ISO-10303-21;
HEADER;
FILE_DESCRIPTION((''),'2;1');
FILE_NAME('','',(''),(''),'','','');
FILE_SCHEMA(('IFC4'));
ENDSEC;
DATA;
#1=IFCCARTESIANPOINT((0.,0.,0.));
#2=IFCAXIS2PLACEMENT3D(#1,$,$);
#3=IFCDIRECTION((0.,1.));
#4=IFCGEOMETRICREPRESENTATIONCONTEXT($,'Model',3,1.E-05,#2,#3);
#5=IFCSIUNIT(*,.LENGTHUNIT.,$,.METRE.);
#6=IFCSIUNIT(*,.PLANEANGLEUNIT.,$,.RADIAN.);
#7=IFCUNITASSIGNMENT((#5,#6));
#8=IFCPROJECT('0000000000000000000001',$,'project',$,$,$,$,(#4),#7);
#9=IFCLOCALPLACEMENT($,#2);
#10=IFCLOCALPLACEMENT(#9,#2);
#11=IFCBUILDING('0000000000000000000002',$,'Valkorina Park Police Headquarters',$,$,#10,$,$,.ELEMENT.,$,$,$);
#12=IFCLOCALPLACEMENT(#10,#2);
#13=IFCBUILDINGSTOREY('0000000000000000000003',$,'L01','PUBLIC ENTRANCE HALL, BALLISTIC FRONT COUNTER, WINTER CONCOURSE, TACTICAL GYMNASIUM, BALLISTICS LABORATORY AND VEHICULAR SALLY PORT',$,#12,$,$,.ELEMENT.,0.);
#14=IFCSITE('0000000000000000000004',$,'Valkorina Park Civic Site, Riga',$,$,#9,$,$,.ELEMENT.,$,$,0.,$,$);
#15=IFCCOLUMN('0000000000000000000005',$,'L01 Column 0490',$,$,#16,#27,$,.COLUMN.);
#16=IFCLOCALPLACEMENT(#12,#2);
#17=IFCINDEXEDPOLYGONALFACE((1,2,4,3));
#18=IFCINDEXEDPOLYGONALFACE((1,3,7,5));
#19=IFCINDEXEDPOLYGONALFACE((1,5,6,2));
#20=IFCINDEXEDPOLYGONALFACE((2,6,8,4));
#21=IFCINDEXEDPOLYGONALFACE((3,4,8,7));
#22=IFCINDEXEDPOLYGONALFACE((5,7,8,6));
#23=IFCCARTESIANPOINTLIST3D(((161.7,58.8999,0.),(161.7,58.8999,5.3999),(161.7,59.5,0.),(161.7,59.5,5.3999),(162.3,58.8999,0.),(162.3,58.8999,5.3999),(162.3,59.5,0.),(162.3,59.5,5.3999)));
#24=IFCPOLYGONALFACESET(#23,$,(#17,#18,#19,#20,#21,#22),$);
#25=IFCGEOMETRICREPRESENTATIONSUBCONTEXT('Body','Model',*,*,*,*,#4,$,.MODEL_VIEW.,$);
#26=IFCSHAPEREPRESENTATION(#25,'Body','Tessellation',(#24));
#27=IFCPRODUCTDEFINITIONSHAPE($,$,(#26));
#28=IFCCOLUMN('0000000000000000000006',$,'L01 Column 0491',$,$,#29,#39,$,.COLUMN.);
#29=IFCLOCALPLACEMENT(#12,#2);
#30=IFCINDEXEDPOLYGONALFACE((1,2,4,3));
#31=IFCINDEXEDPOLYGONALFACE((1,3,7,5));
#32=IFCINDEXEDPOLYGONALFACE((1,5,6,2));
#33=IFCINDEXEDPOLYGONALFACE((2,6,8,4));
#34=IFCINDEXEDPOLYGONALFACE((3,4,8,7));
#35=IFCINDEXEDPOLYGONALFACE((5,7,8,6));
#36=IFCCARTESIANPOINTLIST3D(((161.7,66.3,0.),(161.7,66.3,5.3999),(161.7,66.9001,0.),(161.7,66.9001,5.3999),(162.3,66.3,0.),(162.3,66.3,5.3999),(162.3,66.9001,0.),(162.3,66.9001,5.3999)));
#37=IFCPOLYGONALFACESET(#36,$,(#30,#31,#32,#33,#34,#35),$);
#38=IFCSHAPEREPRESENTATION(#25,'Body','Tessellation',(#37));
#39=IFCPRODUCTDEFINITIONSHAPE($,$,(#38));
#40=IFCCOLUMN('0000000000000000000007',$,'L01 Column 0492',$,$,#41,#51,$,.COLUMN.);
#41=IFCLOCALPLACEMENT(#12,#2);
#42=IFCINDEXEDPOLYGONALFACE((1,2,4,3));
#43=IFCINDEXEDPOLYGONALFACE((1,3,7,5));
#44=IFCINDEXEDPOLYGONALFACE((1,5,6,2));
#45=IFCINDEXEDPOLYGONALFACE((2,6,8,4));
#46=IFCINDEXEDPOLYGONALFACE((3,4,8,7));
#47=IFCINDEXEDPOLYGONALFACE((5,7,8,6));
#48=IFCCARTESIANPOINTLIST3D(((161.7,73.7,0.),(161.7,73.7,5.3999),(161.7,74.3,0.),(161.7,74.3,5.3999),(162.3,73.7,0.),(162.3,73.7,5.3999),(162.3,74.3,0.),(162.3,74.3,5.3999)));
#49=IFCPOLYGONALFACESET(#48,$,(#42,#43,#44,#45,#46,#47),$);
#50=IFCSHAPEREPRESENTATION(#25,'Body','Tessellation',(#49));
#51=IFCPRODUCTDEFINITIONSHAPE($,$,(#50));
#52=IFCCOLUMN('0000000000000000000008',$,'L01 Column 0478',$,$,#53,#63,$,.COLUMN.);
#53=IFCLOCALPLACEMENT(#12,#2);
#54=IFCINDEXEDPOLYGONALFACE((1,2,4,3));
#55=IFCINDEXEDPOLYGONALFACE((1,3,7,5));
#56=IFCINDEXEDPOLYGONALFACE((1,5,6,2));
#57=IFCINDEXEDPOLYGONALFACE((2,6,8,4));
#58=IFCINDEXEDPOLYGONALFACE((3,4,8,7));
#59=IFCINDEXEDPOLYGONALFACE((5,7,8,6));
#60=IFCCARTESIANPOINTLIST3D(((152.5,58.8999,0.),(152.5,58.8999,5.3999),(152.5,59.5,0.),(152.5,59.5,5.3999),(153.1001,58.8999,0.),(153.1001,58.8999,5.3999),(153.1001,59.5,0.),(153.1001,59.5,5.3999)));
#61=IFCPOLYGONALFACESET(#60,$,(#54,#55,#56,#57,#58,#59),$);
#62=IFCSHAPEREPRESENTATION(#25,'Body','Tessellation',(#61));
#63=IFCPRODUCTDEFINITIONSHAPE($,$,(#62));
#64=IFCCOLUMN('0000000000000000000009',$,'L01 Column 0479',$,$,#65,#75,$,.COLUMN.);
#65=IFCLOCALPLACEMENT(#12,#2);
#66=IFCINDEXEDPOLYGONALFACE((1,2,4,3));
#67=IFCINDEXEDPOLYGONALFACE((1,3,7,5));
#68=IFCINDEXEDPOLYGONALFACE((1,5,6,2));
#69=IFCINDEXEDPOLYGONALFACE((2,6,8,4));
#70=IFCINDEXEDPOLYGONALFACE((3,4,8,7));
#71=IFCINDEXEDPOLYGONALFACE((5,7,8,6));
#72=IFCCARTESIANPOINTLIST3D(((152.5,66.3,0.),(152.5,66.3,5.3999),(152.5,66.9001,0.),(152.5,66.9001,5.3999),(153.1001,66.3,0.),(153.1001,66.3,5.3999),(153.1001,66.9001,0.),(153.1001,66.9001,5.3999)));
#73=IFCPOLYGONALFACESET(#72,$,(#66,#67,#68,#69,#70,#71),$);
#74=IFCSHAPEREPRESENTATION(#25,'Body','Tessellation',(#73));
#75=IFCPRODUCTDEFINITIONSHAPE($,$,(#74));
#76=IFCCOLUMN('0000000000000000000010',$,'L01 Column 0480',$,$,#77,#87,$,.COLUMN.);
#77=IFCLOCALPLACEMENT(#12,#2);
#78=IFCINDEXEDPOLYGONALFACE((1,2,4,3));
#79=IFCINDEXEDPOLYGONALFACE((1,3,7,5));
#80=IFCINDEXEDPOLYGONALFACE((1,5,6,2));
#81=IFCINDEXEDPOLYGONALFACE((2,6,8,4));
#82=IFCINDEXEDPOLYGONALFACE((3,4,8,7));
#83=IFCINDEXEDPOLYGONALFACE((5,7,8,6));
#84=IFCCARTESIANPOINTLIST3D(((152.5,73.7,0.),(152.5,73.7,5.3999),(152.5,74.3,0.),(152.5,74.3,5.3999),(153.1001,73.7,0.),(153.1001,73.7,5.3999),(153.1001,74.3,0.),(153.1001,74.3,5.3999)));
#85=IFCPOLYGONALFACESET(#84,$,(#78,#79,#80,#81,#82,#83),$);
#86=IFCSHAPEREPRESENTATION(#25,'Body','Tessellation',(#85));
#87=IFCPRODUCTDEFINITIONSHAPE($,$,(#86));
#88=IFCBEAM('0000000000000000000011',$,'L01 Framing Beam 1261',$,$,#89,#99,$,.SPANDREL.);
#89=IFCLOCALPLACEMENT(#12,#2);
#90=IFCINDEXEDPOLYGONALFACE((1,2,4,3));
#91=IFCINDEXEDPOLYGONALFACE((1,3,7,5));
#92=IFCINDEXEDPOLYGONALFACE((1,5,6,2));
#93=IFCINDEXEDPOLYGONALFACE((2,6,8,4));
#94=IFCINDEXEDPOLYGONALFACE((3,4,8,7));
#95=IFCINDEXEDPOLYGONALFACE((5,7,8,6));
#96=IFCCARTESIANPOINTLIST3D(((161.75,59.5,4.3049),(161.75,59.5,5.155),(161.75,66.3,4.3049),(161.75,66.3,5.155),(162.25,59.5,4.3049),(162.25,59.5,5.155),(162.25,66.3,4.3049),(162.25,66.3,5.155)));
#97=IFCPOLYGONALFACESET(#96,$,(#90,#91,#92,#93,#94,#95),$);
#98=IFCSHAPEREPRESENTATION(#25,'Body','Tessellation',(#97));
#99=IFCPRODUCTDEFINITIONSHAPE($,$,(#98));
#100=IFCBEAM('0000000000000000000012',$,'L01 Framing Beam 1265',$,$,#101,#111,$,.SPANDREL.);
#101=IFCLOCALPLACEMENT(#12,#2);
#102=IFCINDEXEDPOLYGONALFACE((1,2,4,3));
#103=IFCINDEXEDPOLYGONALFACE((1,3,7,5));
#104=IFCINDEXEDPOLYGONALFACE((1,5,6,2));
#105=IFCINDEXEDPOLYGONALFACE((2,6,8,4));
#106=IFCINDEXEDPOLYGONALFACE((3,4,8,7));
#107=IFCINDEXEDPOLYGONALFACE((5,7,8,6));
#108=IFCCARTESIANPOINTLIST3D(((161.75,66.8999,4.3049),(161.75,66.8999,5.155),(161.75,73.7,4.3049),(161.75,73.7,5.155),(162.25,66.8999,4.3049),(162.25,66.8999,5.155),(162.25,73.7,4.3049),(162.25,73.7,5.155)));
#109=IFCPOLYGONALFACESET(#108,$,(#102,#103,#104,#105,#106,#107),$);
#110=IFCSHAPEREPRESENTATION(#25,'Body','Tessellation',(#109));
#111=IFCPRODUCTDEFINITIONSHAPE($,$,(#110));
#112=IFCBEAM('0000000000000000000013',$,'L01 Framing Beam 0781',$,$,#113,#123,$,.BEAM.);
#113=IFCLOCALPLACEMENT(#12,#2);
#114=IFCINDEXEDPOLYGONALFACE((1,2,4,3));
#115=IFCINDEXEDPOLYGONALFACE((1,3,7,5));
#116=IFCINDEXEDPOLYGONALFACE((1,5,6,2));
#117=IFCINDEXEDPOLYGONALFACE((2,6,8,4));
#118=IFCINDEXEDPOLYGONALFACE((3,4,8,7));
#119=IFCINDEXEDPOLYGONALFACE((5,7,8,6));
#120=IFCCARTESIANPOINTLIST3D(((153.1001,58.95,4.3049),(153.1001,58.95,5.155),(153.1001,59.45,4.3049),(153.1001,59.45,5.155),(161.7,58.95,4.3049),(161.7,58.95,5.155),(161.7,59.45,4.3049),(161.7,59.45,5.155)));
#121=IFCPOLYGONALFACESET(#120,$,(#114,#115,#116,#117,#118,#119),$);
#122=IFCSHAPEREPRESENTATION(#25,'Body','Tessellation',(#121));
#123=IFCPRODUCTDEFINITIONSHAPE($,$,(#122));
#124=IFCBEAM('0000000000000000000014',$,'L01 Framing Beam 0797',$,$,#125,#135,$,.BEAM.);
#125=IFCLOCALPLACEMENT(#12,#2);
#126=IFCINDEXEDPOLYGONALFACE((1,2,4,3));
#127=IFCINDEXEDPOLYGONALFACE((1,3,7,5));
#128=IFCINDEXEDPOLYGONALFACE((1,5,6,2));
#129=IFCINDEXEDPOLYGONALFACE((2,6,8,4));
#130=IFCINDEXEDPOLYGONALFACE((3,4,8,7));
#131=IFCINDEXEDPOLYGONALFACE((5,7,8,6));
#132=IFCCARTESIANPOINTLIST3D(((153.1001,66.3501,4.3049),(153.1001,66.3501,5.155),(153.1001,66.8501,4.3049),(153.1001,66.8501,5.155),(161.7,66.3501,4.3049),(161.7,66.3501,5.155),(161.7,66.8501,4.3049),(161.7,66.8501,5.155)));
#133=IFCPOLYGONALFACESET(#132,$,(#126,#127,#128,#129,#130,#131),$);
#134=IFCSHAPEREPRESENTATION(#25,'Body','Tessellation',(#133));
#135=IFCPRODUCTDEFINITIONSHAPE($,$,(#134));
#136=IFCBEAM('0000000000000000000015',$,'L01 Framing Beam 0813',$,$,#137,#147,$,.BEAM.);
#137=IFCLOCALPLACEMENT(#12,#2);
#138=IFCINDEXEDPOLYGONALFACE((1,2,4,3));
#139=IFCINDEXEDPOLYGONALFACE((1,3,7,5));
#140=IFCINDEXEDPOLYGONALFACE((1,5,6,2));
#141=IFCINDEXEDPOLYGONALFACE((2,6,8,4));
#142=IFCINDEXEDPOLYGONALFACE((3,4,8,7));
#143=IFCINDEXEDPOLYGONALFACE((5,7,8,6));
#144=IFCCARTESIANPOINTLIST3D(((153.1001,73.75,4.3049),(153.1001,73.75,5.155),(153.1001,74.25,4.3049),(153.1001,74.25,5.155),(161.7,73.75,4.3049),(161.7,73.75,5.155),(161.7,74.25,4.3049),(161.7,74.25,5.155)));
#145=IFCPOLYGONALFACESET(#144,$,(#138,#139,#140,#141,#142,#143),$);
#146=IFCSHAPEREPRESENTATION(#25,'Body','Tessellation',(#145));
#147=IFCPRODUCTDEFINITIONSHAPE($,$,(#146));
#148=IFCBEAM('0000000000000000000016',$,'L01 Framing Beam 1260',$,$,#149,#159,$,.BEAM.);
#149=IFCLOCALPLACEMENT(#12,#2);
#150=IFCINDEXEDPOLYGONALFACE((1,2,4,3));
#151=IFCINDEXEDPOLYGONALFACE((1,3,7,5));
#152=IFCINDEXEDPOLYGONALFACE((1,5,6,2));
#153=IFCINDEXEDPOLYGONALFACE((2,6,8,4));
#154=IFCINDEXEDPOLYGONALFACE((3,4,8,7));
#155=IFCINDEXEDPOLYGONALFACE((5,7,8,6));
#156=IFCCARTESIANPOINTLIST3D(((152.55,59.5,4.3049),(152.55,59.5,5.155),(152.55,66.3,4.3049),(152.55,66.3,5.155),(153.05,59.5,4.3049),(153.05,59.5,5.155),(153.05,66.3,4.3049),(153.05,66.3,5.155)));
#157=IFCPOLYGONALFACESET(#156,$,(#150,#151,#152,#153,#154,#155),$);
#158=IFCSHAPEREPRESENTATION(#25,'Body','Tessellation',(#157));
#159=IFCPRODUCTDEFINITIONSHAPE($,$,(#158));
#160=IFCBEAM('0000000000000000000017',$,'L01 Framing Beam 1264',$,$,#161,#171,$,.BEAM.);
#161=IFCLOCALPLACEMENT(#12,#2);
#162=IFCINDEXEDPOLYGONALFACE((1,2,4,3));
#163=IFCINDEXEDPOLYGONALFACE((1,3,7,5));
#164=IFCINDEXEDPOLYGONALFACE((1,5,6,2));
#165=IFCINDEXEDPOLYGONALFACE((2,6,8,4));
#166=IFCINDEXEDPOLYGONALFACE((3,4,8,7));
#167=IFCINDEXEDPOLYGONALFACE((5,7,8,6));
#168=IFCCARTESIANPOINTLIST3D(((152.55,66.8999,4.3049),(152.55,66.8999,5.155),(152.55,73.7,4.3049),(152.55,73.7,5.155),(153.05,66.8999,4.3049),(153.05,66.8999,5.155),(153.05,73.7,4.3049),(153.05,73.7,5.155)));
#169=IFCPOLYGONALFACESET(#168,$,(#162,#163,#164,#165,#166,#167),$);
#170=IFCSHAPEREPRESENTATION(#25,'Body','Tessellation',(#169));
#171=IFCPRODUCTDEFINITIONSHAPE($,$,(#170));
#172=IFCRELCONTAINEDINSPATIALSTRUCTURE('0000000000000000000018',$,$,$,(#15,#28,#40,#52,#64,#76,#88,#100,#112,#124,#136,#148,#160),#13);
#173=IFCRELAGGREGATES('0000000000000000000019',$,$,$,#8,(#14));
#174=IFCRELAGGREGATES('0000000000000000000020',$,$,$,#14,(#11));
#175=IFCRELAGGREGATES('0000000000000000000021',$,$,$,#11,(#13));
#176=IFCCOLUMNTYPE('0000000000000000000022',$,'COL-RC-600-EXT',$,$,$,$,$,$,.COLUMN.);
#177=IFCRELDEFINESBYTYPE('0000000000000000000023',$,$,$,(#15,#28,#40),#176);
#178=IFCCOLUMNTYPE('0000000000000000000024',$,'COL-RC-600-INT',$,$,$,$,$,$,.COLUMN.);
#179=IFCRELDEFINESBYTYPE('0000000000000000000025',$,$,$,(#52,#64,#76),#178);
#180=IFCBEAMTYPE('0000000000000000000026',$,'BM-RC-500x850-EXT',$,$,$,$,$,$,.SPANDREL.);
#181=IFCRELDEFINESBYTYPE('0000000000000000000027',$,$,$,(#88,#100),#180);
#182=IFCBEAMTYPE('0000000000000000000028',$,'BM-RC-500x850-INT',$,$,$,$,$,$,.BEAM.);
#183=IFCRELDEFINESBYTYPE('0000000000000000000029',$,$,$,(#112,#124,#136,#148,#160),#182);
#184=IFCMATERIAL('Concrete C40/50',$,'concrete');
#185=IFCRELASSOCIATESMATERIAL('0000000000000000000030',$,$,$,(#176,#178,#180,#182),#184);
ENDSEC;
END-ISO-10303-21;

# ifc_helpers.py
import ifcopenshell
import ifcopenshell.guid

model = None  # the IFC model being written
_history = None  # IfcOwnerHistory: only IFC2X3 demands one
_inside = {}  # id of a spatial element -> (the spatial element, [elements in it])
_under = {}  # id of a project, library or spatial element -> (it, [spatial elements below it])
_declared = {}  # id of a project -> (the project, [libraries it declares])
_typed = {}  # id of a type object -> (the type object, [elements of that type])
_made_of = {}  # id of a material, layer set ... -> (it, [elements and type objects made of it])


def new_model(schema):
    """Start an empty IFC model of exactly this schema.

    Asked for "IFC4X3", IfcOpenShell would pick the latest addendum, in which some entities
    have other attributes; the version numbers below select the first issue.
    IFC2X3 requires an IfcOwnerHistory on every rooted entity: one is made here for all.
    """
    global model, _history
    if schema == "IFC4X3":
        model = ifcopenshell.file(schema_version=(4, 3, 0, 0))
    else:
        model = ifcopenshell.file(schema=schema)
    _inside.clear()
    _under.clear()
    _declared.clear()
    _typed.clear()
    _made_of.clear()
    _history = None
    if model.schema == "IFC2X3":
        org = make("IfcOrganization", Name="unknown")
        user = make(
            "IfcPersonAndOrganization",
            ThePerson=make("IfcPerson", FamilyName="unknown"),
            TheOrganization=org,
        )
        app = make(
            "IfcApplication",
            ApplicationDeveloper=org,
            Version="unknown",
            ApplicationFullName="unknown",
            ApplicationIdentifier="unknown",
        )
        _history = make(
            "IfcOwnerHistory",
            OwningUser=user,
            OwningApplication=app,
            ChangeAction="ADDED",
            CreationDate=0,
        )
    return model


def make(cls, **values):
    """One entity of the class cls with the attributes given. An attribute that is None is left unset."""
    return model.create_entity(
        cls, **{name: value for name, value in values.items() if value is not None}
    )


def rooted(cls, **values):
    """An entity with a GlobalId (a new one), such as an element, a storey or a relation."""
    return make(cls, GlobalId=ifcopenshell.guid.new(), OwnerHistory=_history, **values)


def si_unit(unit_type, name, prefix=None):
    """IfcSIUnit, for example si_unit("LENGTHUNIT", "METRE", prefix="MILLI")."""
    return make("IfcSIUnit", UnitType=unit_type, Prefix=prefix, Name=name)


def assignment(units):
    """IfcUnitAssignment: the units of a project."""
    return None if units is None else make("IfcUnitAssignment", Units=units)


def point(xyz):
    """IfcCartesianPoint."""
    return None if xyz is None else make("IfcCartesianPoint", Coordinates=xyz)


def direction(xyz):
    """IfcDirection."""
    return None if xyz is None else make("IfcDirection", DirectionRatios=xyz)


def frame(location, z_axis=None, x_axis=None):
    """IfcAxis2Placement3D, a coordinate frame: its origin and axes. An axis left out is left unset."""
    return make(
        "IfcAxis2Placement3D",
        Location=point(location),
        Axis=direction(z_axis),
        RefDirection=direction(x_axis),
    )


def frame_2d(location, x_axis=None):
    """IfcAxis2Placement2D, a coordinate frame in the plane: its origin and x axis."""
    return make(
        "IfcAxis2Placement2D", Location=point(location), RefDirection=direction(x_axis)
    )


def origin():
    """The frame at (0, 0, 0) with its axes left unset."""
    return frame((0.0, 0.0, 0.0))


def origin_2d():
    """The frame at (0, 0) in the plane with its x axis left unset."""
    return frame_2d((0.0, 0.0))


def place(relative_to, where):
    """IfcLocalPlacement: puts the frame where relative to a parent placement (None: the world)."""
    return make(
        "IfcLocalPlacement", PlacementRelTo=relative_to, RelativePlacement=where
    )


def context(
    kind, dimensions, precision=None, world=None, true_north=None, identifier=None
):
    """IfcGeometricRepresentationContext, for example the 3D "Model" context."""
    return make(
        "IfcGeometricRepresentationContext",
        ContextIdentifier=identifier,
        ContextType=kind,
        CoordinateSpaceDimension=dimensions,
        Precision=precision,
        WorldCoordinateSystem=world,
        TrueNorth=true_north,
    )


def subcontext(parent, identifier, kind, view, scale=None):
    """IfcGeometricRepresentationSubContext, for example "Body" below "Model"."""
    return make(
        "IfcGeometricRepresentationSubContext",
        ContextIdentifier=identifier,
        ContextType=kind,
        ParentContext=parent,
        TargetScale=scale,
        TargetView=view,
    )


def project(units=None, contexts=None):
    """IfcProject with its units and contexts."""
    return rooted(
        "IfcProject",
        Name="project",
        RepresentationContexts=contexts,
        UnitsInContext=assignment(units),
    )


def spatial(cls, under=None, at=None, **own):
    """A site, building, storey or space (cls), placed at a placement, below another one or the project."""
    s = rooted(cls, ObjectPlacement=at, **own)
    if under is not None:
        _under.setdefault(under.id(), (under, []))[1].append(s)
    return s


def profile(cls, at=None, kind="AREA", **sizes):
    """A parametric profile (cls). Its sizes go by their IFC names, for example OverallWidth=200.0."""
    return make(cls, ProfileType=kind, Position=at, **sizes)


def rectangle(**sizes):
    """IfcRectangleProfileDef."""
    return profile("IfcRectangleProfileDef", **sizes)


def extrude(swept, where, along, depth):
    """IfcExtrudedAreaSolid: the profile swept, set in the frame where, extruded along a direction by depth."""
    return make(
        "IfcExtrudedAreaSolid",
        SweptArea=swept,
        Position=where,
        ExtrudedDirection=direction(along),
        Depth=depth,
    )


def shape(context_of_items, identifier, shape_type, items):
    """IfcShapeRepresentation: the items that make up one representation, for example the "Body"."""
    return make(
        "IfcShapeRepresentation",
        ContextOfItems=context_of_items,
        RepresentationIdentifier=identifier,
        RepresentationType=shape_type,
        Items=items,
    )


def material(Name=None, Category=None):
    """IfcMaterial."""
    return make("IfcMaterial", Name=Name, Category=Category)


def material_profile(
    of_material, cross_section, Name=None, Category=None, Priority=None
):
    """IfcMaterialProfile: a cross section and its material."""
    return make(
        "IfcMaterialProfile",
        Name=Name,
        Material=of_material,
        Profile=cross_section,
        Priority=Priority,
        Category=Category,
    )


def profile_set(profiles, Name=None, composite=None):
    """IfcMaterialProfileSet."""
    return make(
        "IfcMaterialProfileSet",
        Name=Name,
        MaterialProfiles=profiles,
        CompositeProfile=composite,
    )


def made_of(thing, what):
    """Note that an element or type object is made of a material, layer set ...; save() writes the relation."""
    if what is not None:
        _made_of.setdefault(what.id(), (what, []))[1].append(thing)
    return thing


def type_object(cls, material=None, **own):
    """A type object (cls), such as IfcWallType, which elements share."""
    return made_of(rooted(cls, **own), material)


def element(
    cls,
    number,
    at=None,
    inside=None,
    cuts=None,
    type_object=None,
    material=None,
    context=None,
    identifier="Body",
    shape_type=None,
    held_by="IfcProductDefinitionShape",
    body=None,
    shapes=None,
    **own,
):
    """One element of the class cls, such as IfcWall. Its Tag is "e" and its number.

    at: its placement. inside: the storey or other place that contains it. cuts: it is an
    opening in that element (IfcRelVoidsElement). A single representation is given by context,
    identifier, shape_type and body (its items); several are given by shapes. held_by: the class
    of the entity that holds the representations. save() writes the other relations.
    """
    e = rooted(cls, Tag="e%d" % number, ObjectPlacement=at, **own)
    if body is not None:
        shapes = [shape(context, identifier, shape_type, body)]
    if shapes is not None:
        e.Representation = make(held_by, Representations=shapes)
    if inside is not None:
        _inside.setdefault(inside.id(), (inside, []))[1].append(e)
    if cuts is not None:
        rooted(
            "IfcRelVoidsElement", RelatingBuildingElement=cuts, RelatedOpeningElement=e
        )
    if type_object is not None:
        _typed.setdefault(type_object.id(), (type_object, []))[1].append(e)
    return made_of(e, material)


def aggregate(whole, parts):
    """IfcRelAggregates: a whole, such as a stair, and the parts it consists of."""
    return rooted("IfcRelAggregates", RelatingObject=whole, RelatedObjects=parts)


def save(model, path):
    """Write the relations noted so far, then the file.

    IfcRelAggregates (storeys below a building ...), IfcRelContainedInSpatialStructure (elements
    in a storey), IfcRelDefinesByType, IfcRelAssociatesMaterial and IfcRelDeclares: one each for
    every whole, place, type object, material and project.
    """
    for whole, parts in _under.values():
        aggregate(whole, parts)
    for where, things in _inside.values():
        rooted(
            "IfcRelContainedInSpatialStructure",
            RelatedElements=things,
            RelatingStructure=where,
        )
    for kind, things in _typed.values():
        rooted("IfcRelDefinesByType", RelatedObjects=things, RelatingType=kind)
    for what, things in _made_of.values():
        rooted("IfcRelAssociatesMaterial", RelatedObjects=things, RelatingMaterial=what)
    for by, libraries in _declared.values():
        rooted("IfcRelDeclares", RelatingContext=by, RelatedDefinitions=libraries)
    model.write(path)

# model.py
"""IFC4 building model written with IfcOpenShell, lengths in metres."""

from ifc_helpers import new_model, si_unit, direction, frame, origin, origin_2d, place, context, subcontext, project, spatial, rectangle, extrude, material, material_profile, profile_set, type_object, element, save


model = new_model("IFC4")

# Units and contexts
model_context = context("Model", 3, precision=1e-05, world=origin(), true_north=direction((0.0, 1.0)))
body_context = subcontext(model_context, "Body", "Model", "MODEL_VIEW")
ifc_project = project(units=[si_unit("LENGTHUNIT", "METRE"), si_unit("PLANEANGLEUNIT", "RADIAN")], contexts=[model_context])

# Site, building, storey
site_placement = place(None, origin())
site = spatial("IfcSite", under=ifc_project, at=site_placement, Name="Valkorina Park Civic Site, Riga", CompositionType="ELEMENT", RefElevation=0.0)
building_placement = place(site_placement, origin())
building = spatial("IfcBuilding", under=site, at=building_placement, Name="Valkorina Park Police Headquarters", CompositionType="ELEMENT")
storey_placement = place(building_placement, origin())
storey = spatial("IfcBuildingStorey", under=building, at=storey_placement, Name="L01", Description="PUBLIC ENTRANCE HALL, BALLISTIC FRONT COUNTER, WINTER CONCOURSE, TACTICAL GYMNASIUM, BALLISTICS LABORATORY AND VEHICULAR SALLY PORT", CompositionType="ELEMENT", Elevation=0.0)

# Columns
ifc_material_1 = material(Name="Concrete C40/50", Category="concrete")
ifc_material_profile_1 = material_profile(ifc_material_1, rectangle(XDim=0.6001, YDim=0.6001, at=origin_2d()), Name="RC COL 600x600")
ifc_profile_set_1 = profile_set([ifc_material_profile_1], Name="Concrete C40/50")
column_type_1 = type_object("IfcColumnType", Name="COL-RC-600-EXT", PredefinedType="COLUMN", material=ifc_profile_set_1)
for number, where, z_axis, x_axis, name in (
    (1, (162.0, 59.2, 0.0), (0.0, 0.0, 1.0), (1.0, 0.0, 0.0), "L01 Column 0490"),
    (2, (162.0, 66.6001, 0.0), (0.0, 0.0, 1.0), (1.0, 0.0, 0.0), "L01 Column 0491"),
    (3, (162.0, 74.0, 0.0), (0.0, 0.0, 1.0), (1.0, 0.0, 0.0), "L01 Column 0492"),
):
    element("IfcColumn", number, at=place(storey_placement, frame(where, z_axis=z_axis, x_axis=x_axis)), inside=storey, type_object=column_type_1, Name=name, PredefinedType="COLUMN", context=body_context, shape_type="SweptSolid", body=[
        extrude(rectangle(XDim=0.6001, YDim=0.6001, at=origin_2d()), origin(), (0.0, 0.0, 1.0), 5.3999),
    ])
ifc_material_profile_2 = material_profile(ifc_material_1, rectangle(XDim=0.6001, YDim=0.6001, at=origin_2d()), Name="RC COL 600x600")
ifc_profile_set_2 = profile_set([ifc_material_profile_2], Name="Concrete C40/50")
column_type_2 = type_object("IfcColumnType", Name="COL-RC-600-INT", PredefinedType="COLUMN", material=ifc_profile_set_2)
for number, where, z_axis, x_axis, name in (
    (4, (152.8, 59.2, 0.0), (0.0, 0.0, 1.0), (1.0, 0.0, 0.0), "L01 Column 0478"),
    (5, (152.8, 66.6001, 0.0), (0.0, 0.0, 1.0), (1.0, 0.0, 0.0), "L01 Column 0479"),
    (6, (152.8, 74.0, 0.0), (0.0, 0.0, 1.0), (1.0, 0.0, 0.0), "L01 Column 0480"),
):
    element("IfcColumn", number, at=place(storey_placement, frame(where, z_axis=z_axis, x_axis=x_axis)), inside=storey, type_object=column_type_2, Name=name, PredefinedType="COLUMN", context=body_context, shape_type="SweptSolid", body=[
        extrude(rectangle(XDim=0.6001, YDim=0.6001, at=origin_2d()), origin(), (0.0, 0.0, 1.0), 5.3999),
    ])

# Beams
ifc_material_profile_3 = material_profile(ifc_material_1, rectangle(XDim=0.5, YDim=0.8501, at=origin_2d()), Name="RC BEAM 500x850")
ifc_profile_set_3 = profile_set([ifc_material_profile_3], Name="Concrete C40/50")
beam_type_1 = type_object("IfcBeamType", Name="BM-RC-500x850-EXT", PredefinedType="SPANDREL", material=ifc_profile_set_3)
for number, where, z_axis, x_axis, name in (
    (7, (162.0, 59.5, 4.73), (0.0, 1.0, 0.0), (-1.0, 0.0, 0.0), "L01 Framing Beam 1261"),
    (8, (162.0, 66.8999, 4.73), (0.0, 1.0, 0.0), (-1.0, 0.0, 0.0), "L01 Framing Beam 1265"),
):
    element("IfcBeam", number, at=place(storey_placement, frame(where, z_axis=z_axis, x_axis=x_axis)), inside=storey, type_object=beam_type_1, Name=name, PredefinedType="SPANDREL", context=body_context, shape_type="SweptSolid", body=[
        extrude(rectangle(XDim=0.5, YDim=0.8501, at=origin_2d()), origin(), (0.0, 0.0, 1.0), 6.8),
    ])
ifc_material_profile_4 = material_profile(ifc_material_1, rectangle(XDim=0.5, YDim=0.8501, at=origin_2d()), Name="RC BEAM 500x850")
ifc_profile_set_4 = profile_set([ifc_material_profile_4], Name="Concrete C40/50")
beam_type_2 = type_object("IfcBeamType", Name="BM-RC-500x850-INT", PredefinedType="BEAM", material=ifc_profile_set_4)
for number, where, z_axis, x_axis, name in (
    (9, (153.1001, 59.2, 4.73), (1.0, 0.0, 0.0), (0.0, 1.0, 0.0), "L01 Framing Beam 0781"),
    (10, (153.1001, 66.6001, 4.73), (1.0, 0.0, 0.0), (0.0, 1.0, 0.0), "L01 Framing Beam 0797"),
    (11, (153.1001, 74.0, 4.73), (1.0, 0.0, 0.0), (0.0, 1.0, 0.0), "L01 Framing Beam 0813"),
):
    element("IfcBeam", number, at=place(storey_placement, frame(where, z_axis=z_axis, x_axis=x_axis)), inside=storey, type_object=beam_type_2, Name=name, PredefinedType="BEAM", context=body_context, shape_type="SweptSolid", body=[
        extrude(rectangle(XDim=0.5, YDim=0.8501, at=origin_2d()), origin(), (0.0, 0.0, 1.0), 8.5999),
    ])
for number, where, z_axis, x_axis, name in (
    (12, (152.8, 59.5, 4.73), (0.0, 1.0, 0.0), (-1.0, 0.0, 0.0), "L01 Framing Beam 1260"),
    (13, (152.8, 66.8999, 4.73), (0.0, 1.0, 0.0), (-1.0, 0.0, 0.0), "L01 Framing Beam 1264"),
):
    element("IfcBeam", number, at=place(storey_placement, frame(where, z_axis=z_axis, x_axis=x_axis)), inside=storey, type_object=beam_type_2, Name=name, PredefinedType="BEAM", context=body_context, shape_type="SweptSolid", body=[
        extrude(rectangle(XDim=0.5, YDim=0.8501, at=origin_2d()), origin(), (0.0, 0.0, 1.0), 6.8),
    ])

save(model, "model.ifc")
